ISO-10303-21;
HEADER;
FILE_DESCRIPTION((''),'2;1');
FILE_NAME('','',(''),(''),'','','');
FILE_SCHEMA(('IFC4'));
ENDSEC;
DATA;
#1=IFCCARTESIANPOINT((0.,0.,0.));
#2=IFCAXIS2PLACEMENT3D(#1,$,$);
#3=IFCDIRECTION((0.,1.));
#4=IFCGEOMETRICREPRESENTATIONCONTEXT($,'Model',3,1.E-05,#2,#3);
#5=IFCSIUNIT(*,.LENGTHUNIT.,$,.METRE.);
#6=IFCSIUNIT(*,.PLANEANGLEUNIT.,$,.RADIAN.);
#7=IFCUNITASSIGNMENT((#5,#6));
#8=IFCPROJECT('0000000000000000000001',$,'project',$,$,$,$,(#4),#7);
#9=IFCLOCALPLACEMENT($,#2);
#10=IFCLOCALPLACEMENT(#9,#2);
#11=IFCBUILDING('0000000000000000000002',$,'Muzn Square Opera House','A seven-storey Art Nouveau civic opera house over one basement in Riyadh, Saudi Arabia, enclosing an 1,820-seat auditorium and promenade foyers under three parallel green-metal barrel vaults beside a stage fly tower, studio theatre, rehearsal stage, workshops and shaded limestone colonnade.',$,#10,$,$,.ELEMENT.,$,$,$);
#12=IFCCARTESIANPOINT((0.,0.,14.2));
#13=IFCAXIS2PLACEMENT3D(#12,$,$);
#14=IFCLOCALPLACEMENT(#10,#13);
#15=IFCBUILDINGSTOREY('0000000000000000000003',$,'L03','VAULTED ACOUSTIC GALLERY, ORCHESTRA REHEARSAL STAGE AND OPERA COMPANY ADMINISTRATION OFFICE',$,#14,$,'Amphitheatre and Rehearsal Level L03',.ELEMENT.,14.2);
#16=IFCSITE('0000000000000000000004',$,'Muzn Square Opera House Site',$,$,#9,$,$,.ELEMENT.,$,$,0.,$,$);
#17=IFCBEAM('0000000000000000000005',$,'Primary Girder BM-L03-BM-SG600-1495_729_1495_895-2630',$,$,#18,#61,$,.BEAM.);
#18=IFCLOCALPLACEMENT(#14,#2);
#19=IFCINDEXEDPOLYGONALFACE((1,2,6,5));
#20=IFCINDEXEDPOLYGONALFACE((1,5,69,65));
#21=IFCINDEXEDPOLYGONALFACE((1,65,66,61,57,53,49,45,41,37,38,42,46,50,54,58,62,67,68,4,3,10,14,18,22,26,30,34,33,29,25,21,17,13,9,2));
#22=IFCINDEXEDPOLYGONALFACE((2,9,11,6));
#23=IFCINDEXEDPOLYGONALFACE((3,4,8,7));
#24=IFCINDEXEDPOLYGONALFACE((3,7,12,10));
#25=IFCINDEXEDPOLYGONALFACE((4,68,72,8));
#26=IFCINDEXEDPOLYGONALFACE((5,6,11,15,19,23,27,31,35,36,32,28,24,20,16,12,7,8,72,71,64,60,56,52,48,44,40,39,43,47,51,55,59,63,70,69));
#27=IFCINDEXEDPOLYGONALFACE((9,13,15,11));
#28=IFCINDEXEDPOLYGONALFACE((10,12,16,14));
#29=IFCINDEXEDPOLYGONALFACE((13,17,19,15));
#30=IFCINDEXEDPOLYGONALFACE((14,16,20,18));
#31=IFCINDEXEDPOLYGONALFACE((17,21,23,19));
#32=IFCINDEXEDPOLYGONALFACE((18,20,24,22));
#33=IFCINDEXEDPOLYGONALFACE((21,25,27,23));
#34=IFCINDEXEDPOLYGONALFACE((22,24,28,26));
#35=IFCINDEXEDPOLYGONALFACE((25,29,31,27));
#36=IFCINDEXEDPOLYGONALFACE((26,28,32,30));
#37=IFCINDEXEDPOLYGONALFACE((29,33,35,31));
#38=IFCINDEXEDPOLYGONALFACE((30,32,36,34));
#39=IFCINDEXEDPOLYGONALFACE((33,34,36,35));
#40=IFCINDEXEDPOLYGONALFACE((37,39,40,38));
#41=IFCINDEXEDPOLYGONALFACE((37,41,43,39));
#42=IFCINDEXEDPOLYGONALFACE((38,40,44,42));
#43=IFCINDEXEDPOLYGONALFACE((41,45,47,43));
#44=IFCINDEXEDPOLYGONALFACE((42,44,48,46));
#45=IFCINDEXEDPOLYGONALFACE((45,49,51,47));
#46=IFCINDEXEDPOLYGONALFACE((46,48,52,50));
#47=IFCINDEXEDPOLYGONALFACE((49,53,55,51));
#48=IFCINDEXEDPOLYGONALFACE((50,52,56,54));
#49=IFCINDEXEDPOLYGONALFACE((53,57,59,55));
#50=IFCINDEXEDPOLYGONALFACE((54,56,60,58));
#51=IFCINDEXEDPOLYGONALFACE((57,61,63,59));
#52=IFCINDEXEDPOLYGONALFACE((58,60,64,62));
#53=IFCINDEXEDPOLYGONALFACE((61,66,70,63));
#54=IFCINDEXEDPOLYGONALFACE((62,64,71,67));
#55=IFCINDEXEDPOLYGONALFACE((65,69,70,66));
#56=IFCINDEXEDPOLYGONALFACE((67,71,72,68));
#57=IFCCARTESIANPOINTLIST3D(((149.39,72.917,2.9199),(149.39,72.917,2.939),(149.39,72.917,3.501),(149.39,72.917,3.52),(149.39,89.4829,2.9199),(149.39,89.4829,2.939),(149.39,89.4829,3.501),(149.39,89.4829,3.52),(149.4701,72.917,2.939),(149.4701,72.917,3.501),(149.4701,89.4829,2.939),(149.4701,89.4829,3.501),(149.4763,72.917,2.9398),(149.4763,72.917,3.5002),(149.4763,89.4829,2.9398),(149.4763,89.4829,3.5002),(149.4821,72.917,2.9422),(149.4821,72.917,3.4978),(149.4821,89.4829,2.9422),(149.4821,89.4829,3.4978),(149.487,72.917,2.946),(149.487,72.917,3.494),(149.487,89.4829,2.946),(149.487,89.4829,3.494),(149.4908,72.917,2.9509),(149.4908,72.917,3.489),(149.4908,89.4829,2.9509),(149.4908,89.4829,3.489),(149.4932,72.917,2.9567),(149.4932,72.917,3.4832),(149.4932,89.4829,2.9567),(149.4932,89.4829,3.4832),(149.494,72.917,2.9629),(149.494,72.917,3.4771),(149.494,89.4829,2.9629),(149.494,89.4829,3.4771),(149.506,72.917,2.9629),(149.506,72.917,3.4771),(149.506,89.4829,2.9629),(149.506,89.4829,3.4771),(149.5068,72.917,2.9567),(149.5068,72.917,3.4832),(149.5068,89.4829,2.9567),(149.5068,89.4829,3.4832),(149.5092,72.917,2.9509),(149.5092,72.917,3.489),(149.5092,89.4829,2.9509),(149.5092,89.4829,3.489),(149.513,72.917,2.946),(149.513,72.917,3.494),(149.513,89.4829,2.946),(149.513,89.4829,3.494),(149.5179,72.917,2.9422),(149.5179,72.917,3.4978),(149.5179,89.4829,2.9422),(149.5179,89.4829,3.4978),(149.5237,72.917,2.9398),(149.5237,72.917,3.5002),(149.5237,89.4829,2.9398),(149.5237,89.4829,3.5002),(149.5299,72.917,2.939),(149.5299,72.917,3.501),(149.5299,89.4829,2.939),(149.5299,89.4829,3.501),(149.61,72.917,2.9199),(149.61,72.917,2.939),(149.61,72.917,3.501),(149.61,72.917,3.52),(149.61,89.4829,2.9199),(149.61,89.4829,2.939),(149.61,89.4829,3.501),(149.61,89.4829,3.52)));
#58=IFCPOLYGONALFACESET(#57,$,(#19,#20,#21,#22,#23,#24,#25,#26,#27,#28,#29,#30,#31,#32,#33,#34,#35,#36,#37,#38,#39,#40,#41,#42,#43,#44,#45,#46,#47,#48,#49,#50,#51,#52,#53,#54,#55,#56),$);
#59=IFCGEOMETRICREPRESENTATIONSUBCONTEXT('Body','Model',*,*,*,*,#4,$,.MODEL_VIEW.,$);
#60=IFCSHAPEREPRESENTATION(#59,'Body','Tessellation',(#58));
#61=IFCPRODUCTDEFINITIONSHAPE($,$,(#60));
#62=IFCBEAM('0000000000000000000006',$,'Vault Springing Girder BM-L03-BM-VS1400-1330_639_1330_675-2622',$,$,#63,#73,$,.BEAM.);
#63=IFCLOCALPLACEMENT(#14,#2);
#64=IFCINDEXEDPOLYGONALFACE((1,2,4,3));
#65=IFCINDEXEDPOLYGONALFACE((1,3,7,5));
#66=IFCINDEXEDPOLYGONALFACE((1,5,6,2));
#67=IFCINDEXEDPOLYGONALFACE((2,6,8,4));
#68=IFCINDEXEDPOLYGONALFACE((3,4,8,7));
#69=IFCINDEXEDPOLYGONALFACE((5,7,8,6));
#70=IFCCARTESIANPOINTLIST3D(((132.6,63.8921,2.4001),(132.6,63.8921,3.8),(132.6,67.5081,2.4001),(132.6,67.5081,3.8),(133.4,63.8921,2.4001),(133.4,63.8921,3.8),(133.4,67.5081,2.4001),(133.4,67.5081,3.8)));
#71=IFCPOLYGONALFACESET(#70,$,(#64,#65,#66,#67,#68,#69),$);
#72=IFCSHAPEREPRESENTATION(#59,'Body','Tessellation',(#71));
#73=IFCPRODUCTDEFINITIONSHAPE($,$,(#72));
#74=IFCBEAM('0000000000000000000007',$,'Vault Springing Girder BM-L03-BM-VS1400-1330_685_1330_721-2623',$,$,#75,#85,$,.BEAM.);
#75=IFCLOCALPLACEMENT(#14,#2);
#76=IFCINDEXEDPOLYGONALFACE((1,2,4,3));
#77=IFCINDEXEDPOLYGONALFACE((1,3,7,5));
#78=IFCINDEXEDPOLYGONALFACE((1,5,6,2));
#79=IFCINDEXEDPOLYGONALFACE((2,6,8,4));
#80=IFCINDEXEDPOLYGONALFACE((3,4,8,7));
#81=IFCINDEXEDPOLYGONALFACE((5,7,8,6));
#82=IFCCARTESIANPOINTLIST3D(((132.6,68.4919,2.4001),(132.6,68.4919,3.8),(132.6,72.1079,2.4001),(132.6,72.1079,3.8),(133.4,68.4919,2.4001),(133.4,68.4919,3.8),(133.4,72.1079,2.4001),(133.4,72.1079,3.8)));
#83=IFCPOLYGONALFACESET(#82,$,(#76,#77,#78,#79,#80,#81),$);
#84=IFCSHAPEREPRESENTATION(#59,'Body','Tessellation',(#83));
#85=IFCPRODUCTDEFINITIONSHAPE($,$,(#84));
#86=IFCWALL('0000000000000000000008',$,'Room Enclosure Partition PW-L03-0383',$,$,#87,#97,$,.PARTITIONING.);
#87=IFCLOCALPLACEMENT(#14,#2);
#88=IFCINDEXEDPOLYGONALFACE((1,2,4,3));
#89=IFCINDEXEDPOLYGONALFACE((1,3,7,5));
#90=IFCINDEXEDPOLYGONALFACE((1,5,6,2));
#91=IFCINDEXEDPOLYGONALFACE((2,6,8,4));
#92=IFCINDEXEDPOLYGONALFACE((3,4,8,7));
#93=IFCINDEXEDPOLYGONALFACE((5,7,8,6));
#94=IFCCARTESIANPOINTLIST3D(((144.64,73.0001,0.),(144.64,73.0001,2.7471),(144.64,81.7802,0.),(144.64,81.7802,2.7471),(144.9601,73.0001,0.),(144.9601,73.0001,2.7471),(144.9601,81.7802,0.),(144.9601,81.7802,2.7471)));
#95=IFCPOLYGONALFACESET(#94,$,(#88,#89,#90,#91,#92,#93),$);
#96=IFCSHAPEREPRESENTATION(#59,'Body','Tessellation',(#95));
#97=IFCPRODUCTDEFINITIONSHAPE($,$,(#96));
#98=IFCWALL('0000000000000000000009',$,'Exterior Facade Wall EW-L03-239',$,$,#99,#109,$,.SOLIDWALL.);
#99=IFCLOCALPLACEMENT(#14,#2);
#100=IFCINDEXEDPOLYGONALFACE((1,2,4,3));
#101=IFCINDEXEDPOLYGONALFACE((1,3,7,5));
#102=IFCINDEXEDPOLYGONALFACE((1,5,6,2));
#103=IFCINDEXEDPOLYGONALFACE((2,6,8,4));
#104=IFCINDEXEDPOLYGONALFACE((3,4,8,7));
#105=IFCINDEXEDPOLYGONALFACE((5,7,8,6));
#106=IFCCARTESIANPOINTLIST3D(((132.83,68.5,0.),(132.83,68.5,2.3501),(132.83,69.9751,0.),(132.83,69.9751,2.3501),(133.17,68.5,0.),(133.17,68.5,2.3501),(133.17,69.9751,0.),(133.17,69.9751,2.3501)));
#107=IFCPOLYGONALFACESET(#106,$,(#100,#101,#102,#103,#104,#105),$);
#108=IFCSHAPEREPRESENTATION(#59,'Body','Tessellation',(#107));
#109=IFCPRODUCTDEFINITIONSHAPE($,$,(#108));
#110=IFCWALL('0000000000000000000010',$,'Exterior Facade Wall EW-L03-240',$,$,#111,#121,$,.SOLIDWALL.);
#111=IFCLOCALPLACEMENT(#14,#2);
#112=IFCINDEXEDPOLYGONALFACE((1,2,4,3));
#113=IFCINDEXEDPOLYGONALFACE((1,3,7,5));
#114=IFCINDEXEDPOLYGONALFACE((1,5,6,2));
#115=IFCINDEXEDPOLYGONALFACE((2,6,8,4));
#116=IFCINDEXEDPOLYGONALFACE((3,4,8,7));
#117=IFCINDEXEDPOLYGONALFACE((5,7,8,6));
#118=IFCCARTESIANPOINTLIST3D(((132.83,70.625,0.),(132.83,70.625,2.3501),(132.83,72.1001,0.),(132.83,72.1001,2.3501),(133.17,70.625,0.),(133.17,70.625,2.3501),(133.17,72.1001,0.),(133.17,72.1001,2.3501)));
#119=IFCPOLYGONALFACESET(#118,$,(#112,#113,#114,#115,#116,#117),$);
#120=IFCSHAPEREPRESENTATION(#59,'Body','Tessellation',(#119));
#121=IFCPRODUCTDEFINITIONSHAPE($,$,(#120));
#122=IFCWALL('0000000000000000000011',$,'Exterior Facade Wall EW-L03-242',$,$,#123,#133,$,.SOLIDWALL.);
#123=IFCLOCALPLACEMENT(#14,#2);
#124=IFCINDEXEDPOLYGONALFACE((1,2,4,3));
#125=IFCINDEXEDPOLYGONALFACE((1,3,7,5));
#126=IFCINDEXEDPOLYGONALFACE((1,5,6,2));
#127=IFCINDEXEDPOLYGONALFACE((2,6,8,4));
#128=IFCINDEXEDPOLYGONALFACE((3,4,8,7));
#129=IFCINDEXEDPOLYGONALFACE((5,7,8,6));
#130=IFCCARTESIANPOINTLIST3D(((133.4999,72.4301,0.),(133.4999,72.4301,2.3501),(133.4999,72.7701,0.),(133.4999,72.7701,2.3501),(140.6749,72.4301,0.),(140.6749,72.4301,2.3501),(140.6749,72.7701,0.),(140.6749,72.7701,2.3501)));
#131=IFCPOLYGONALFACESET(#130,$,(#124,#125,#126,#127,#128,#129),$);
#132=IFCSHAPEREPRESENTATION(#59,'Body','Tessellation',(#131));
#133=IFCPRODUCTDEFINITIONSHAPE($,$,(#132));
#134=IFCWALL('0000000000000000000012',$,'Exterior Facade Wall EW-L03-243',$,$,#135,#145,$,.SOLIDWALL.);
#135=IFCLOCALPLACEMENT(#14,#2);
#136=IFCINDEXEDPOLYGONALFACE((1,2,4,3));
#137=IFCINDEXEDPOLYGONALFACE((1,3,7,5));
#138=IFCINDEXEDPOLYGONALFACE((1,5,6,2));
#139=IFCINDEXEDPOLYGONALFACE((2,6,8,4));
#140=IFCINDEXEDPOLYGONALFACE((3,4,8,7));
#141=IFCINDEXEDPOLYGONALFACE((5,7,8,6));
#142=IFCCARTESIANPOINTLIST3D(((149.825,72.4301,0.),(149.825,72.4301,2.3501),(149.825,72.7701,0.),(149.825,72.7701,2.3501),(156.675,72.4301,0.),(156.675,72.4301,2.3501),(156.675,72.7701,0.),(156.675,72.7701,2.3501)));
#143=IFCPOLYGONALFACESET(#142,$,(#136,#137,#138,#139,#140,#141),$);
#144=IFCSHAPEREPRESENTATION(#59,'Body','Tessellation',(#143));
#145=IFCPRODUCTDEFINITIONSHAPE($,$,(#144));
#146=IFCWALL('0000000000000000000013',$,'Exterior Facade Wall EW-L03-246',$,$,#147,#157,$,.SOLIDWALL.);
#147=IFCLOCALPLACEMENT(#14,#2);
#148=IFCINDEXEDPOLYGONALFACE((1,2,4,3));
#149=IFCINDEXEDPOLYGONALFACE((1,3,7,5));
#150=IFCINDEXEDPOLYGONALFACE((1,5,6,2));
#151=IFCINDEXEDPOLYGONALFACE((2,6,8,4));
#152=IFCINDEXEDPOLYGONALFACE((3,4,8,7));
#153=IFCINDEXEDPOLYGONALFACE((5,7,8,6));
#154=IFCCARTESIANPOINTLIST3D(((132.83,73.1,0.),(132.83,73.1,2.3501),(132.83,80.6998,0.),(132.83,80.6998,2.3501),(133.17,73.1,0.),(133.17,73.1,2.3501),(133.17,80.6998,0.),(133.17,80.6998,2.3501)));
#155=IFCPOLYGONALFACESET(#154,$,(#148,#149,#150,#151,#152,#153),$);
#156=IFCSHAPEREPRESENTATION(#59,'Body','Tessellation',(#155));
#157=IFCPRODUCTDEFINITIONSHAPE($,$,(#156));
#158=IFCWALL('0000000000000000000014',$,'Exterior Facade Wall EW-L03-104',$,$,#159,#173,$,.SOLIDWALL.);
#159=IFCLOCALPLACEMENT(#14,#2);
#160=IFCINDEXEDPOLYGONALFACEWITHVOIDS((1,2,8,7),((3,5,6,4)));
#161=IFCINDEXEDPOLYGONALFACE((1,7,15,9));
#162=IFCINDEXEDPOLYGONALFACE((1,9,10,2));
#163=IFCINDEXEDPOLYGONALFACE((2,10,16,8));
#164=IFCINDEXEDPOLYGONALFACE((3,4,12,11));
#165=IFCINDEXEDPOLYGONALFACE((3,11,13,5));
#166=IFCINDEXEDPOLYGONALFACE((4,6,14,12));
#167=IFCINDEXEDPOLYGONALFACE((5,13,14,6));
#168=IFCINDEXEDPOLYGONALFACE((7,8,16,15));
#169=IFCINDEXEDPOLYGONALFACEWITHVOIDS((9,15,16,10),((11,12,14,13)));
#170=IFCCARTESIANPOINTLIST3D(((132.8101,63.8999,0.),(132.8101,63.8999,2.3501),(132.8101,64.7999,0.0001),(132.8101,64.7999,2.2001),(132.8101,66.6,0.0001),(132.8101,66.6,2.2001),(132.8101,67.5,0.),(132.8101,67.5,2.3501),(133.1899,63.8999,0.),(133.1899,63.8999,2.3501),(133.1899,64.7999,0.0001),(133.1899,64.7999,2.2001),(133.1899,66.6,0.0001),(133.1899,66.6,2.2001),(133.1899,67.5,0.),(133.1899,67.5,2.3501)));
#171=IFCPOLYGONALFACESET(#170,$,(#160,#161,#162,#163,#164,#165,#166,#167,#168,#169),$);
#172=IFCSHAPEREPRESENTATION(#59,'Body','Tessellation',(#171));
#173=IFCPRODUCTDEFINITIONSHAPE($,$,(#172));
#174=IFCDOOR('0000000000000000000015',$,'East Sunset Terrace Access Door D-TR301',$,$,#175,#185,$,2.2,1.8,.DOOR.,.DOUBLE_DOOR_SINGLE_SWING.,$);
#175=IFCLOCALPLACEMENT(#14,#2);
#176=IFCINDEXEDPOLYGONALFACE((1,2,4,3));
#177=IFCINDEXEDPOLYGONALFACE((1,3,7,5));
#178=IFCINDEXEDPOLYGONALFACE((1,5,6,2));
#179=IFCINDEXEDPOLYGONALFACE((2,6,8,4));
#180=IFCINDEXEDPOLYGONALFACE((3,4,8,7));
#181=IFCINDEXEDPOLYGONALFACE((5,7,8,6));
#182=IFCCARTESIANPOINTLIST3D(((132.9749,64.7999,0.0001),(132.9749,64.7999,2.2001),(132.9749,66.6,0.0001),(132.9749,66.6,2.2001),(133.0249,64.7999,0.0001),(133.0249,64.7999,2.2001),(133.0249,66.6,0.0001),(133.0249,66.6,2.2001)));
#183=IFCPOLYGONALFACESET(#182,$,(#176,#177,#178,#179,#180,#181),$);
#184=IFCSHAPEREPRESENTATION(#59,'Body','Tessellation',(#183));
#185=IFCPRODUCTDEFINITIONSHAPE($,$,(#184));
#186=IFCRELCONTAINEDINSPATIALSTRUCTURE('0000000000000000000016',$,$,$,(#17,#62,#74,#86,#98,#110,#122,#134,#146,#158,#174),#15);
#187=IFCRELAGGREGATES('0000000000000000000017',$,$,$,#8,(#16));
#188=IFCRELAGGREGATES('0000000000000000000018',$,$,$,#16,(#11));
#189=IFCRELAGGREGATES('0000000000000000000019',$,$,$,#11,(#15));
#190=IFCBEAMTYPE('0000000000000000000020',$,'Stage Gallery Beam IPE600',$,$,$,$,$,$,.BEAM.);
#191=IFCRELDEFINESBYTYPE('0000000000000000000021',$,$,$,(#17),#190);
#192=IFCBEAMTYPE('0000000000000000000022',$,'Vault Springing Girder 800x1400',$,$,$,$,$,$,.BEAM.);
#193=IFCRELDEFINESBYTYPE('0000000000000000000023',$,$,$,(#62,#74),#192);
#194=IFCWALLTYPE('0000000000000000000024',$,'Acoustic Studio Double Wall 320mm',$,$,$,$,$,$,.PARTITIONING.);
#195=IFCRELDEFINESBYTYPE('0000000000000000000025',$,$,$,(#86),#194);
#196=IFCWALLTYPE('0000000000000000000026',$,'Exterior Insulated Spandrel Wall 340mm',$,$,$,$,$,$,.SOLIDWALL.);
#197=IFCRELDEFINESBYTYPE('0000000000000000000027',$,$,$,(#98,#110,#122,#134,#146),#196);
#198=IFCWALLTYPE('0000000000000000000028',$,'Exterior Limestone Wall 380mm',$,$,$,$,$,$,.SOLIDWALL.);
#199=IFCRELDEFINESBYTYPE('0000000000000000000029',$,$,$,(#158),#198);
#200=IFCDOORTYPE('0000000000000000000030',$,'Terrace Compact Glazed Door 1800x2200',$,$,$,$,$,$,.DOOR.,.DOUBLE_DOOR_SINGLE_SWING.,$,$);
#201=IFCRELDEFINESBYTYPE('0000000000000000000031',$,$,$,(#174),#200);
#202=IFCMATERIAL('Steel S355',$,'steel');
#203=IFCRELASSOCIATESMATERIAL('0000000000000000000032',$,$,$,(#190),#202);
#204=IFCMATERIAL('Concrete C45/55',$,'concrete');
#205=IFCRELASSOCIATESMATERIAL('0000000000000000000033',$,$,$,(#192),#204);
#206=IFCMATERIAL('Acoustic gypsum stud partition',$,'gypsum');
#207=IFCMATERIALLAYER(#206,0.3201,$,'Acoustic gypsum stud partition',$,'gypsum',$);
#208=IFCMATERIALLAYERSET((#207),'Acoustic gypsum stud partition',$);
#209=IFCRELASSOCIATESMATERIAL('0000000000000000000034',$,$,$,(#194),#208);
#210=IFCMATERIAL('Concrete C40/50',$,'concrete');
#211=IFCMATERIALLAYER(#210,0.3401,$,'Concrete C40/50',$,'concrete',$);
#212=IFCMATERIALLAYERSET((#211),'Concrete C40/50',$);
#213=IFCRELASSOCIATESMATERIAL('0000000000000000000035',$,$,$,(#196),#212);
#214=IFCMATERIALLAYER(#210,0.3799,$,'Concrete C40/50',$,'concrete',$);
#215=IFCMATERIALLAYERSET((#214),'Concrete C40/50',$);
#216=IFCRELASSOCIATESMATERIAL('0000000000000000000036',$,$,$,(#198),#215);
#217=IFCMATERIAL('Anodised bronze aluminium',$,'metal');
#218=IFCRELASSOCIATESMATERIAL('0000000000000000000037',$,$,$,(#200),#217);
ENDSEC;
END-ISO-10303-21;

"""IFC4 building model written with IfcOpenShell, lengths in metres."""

from ifc_helpers import new_model, si_unit, direction, frame, frame_2d, origin, origin_2d, place, context, subcontext, project, spatial, rectangle, i_section, extrude, material, layer, layer_set, material_profile, profile_set, type_object, element, fill, save


model = new_model("IFC4")

# Units and contexts
model_context = context("Model", 3, precision=1e-05, world=origin(), true_north=direction((0.0, 1.0)))
body_context = subcontext(model_context, "Body", "Model", "MODEL_VIEW")
ifc_project = project(units=[si_unit("LENGTHUNIT", "METRE"), si_unit("PLANEANGLEUNIT", "RADIAN")], contexts=[model_context])

# Site, building, storey
site_placement = place(None, origin())
site = spatial("IfcSite", under=ifc_project, at=site_placement, Name="Muzn Square Opera House Site", CompositionType="ELEMENT", RefElevation=0.0)
building_placement = place(site_placement, origin())
building = spatial("IfcBuilding", under=site, at=building_placement, Name="Muzn Square Opera House", Description="A seven-storey Art Nouveau civic opera house over one basement in Riyadh, Saudi Arabia, enclosing an 1,820-seat auditorium and promenade foyers under three parallel green-metal barrel vaults beside a stage fly tower, studio theatre, rehearsal stage, workshops and shaded limestone colonnade.", CompositionType="ELEMENT")
storey_placement = place(building_placement, frame((0.0, 0.0, 14.2)))
storey = spatial("IfcBuildingStorey", under=building, at=storey_placement, Name="L03", Description="VAULTED ACOUSTIC GALLERY, ORCHESTRA REHEARSAL STAGE AND OPERA COMPANY ADMINISTRATION OFFICE", LongName="Amphitheatre and Rehearsal Level L03", CompositionType="ELEMENT", Elevation=14.2)

# Shared definitions
ifc_material_1 = material(Name="Concrete C45/55", Category="concrete")

# Beams
ifc_material_2 = material(Name="Concrete C40/50", Category="concrete")
ifc_material_3 = material(Name="Steel S355", Category="steel")
ifc_material_profile_1 = material_profile(ifc_material_3, i_section(OverallWidth=0.22, OverallDepth=0.6001, WebThickness=0.012, FlangeThickness=0.019, FilletRadius=0.0239, at=origin_2d()), Name="IPE 600", Category="steel")
ifc_profile_set_1 = profile_set([ifc_material_profile_1], Name="Steel S355")
beam_type_1 = type_object("IfcBeamType", Name="Stage Gallery Beam IPE600", PredefinedType="BEAM", material=ifc_profile_set_1)
beam_1_placement = place(storey_placement, frame((149.5, 72.917, 3.22), z_axis=(0.0, 1.0, 0.0), x_axis=(-1.0, 0.0, 0.0)))
element("IfcBeam", 1, at=beam_1_placement, inside=storey, type_object=beam_type_1, Name="Primary Girder BM-L03-BM-SG600-1495_729_1495_895-2630", PredefinedType="BEAM", context=body_context, shape_type="SweptSolid", body=[
    extrude(i_section(OverallWidth=0.22, OverallDepth=0.6001, WebThickness=0.012, FlangeThickness=0.019, FilletRadius=0.0239, at=origin_2d()), origin(), (0.0, 0.0, 1.0), 16.5659),
])
ifc_material_profile_2 = material_profile(ifc_material_1, rectangle(XDim=0.8, YDim=1.3999, at=origin_2d()), Name="RCB 800x1400", Category="concrete")
ifc_profile_set_2 = profile_set([ifc_material_profile_2], Name="Concrete C45/55")
beam_type_2 = type_object("IfcBeamType", Name="Vault Springing Girder 800x1400", PredefinedType="BEAM", material=ifc_profile_set_2)
for number, where, z_axis, x_axis, name in (
    (2, (133.0, 63.8921, 3.1001), (0.0, 1.0, 0.0), (-1.0, 0.0, 0.0), "Vault Springing Girder BM-L03-BM-VS1400-1330_639_1330_675-2622"),
    (3, (133.0, 68.4919, 3.1001), (0.0, 1.0, 0.0), (-1.0, 0.0, 0.0), "Vault Springing Girder BM-L03-BM-VS1400-1330_685_1330_721-2623"),
):
    element("IfcBeam", number, at=place(storey_placement, frame(where, z_axis=z_axis, x_axis=x_axis)), inside=storey, type_object=beam_type_2, Name=name, PredefinedType="BEAM", context=body_context, shape_type="SweptSolid", body=[
        extrude(rectangle(XDim=0.8, YDim=1.3999, at=origin_2d()), origin(), (0.0, 0.0, 1.0), 3.616),
    ])

# Walls
ifc_material_4 = material(Name="Acoustic gypsum stud partition", Category="gypsum")
ifc_layer_1 = layer(ifc_material_4, 0.3201, Name="Acoustic gypsum stud partition", Category="gypsum")
ifc_layer_set_1 = layer_set([ifc_layer_1], Name="Acoustic gypsum stud partition")
wall_type_1 = type_object("IfcWallType", Name="Acoustic Studio Double Wall 320mm", PredefinedType="PARTITIONING", material=ifc_layer_set_1)
wall_1_placement = place(storey_placement, frame((144.8, 73.0, 0.0), z_axis=(0.0, 0.0, 1.0), x_axis=(0.0, 1.0, 0.0)))
element("IfcWall", 4, at=wall_1_placement, inside=storey, type_object=wall_type_1, Name="Room Enclosure Partition PW-L03-0383", PredefinedType="PARTITIONING", context=body_context, shape_type="SweptSolid", body=[
    extrude(rectangle(XDim=8.78, YDim=0.3201, at=frame_2d((4.3901, 0.0))), origin(), (0.0, 0.0, 1.0), 2.7471),
])
ifc_layer_2 = layer(ifc_material_2, 0.3401, Name="Concrete C40/50", Category="concrete")
ifc_layer_set_2 = layer_set([ifc_layer_2], Name="Concrete C40/50")
wall_type_2 = type_object("IfcWallType", Name="Exterior Insulated Spandrel Wall 340mm", PredefinedType="SOLIDWALL", material=ifc_layer_set_2)
for number, where, z_axis, x_axis, name in (
    (5, (133.0, 68.5, 0.0), (0.0, 0.0, 1.0), (0.0, 1.0, 0.0), "Exterior Facade Wall EW-L03-239"),
    (6, (133.0, 70.625, 0.0), (0.0, 0.0, 1.0), (0.0, 1.0, 0.0), "Exterior Facade Wall EW-L03-240"),
):
    element("IfcWall", number, at=place(storey_placement, frame(where, z_axis=z_axis, x_axis=x_axis)), inside=storey, type_object=wall_type_2, Name=name, PredefinedType="SOLIDWALL", context=body_context, shape_type="SweptSolid", body=[
        extrude(rectangle(XDim=1.4751, YDim=0.3401, at=frame_2d((0.7375, 0.0))), origin(), (0.0, 0.0, 1.0), 2.3501),
    ])
wall_2_placement = place(storey_placement, frame((133.5, 72.6001, 0.0), z_axis=(0.0, 0.0, 1.0), x_axis=(1.0, 0.0, 0.0)))
element("IfcWall", 7, at=wall_2_placement, inside=storey, type_object=wall_type_2, Name="Exterior Facade Wall EW-L03-242", PredefinedType="SOLIDWALL", context=body_context, shape_type="SweptSolid", body=[
    extrude(rectangle(XDim=7.175, YDim=0.3401, at=frame_2d((3.5874, 0.0))), origin(), (0.0, 0.0, 1.0), 2.3501),
])
wall_3_placement = place(storey_placement, frame((149.825, 72.6001, 0.0), z_axis=(0.0, 0.0, 1.0), x_axis=(1.0, 0.0, 0.0)))
element("IfcWall", 8, at=wall_3_placement, inside=storey, type_object=wall_type_2, Name="Exterior Facade Wall EW-L03-243", PredefinedType="SOLIDWALL", context=body_context, shape_type="SweptSolid", body=[
    extrude(rectangle(XDim=6.8501, YDim=0.3401, at=frame_2d((3.425, 0.0))), origin(), (0.0, 0.0, 1.0), 2.3501),
])
wall_4_placement = place(storey_placement, frame((133.0, 73.1001, 0.0), z_axis=(0.0, 0.0, 1.0), x_axis=(0.0, 1.0, 0.0)))
element("IfcWall", 9, at=wall_4_placement, inside=storey, type_object=wall_type_2, Name="Exterior Facade Wall EW-L03-246", PredefinedType="SOLIDWALL", context=body_context, shape_type="SweptSolid", body=[
    extrude(rectangle(XDim=7.5999, YDim=0.3401, at=frame_2d((3.7998, 0.0))), origin(), (0.0, 0.0, 1.0), 2.3501),
])

# Wall, opening, door
ifc_layer_3 = layer(ifc_material_2, 0.3799, Name="Concrete C40/50", Category="concrete")
ifc_layer_set_3 = layer_set([ifc_layer_3], Name="Concrete C40/50")
wall_type_3 = type_object("IfcWallType", Name="Exterior Limestone Wall 380mm", PredefinedType="SOLIDWALL", material=ifc_layer_set_3)
wall_5_placement = place(storey_placement, frame((133.0, 63.8999, 0.0), z_axis=(0.0, 0.0, 1.0), x_axis=(0.0, 1.0, 0.0)))
wall_5 = element("IfcWall", 10, at=wall_5_placement, inside=storey, type_object=wall_type_3, Name="Exterior Facade Wall EW-L03-104", PredefinedType="SOLIDWALL", context=body_context, shape_type="SweptSolid", body=[
    extrude(rectangle(XDim=3.6001, YDim=0.3799, at=frame_2d((1.8, 0.0))), origin(), (0.0, 0.0, 1.0), 2.3501),
])
opening_1_placement = place(wall_5_placement, frame((2.7, 0.0, 0.0), z_axis=(0.0, 0.0, 1.0), x_axis=(-1.0, 0.0, 0.0)))
opening_1 = element("IfcOpeningElement", 11, at=opening_1_placement, cuts=wall_5, PredefinedType="OPENING", context=body_context, shape_type="SweptSolid", body=[
    extrude(rectangle(XDim=1.8, YDim=2.2, at=frame_2d((0.8999, 1.1001))), frame((0.0, 0.2, 0.0), z_axis=(0.0, -1.0, 0.0), x_axis=(1.0, 0.0, 0.0)), (0.0, 0.0, 1.0), 0.3999),
])
ifc_material_5 = material(Name="Anodised bronze aluminium", Category="metal")
door_type = type_object("IfcDoorType", Name="Terrace Compact Glazed Door 1800x2200", OperationType="DOUBLE_DOOR_SINGLE_SWING", PredefinedType="DOOR", material=ifc_material_5)
door_1_placement = place(opening_1_placement, origin())
door_1 = element("IfcDoor", 12, at=door_1_placement, inside=storey, type_object=door_type, Name="East Sunset Terrace Access Door D-TR301", OperationType="DOUBLE_DOOR_SINGLE_SWING", OverallHeight=2.2, OverallWidth=1.8, PredefinedType="DOOR", context=body_context, shape_type="SweptSolid", body=[
    extrude(rectangle(XDim=1.8, YDim=2.2, at=frame_2d((0.8999, 1.1001))), frame((0.0, 0.0249, 0.0), z_axis=(0.0, -1.0, 0.0), x_axis=(1.0, 0.0, 0.0)), (0.0, 0.0, 1.0), 0.05),
])
fill(opening_1, door_1)

save(model, "model.ifc")
